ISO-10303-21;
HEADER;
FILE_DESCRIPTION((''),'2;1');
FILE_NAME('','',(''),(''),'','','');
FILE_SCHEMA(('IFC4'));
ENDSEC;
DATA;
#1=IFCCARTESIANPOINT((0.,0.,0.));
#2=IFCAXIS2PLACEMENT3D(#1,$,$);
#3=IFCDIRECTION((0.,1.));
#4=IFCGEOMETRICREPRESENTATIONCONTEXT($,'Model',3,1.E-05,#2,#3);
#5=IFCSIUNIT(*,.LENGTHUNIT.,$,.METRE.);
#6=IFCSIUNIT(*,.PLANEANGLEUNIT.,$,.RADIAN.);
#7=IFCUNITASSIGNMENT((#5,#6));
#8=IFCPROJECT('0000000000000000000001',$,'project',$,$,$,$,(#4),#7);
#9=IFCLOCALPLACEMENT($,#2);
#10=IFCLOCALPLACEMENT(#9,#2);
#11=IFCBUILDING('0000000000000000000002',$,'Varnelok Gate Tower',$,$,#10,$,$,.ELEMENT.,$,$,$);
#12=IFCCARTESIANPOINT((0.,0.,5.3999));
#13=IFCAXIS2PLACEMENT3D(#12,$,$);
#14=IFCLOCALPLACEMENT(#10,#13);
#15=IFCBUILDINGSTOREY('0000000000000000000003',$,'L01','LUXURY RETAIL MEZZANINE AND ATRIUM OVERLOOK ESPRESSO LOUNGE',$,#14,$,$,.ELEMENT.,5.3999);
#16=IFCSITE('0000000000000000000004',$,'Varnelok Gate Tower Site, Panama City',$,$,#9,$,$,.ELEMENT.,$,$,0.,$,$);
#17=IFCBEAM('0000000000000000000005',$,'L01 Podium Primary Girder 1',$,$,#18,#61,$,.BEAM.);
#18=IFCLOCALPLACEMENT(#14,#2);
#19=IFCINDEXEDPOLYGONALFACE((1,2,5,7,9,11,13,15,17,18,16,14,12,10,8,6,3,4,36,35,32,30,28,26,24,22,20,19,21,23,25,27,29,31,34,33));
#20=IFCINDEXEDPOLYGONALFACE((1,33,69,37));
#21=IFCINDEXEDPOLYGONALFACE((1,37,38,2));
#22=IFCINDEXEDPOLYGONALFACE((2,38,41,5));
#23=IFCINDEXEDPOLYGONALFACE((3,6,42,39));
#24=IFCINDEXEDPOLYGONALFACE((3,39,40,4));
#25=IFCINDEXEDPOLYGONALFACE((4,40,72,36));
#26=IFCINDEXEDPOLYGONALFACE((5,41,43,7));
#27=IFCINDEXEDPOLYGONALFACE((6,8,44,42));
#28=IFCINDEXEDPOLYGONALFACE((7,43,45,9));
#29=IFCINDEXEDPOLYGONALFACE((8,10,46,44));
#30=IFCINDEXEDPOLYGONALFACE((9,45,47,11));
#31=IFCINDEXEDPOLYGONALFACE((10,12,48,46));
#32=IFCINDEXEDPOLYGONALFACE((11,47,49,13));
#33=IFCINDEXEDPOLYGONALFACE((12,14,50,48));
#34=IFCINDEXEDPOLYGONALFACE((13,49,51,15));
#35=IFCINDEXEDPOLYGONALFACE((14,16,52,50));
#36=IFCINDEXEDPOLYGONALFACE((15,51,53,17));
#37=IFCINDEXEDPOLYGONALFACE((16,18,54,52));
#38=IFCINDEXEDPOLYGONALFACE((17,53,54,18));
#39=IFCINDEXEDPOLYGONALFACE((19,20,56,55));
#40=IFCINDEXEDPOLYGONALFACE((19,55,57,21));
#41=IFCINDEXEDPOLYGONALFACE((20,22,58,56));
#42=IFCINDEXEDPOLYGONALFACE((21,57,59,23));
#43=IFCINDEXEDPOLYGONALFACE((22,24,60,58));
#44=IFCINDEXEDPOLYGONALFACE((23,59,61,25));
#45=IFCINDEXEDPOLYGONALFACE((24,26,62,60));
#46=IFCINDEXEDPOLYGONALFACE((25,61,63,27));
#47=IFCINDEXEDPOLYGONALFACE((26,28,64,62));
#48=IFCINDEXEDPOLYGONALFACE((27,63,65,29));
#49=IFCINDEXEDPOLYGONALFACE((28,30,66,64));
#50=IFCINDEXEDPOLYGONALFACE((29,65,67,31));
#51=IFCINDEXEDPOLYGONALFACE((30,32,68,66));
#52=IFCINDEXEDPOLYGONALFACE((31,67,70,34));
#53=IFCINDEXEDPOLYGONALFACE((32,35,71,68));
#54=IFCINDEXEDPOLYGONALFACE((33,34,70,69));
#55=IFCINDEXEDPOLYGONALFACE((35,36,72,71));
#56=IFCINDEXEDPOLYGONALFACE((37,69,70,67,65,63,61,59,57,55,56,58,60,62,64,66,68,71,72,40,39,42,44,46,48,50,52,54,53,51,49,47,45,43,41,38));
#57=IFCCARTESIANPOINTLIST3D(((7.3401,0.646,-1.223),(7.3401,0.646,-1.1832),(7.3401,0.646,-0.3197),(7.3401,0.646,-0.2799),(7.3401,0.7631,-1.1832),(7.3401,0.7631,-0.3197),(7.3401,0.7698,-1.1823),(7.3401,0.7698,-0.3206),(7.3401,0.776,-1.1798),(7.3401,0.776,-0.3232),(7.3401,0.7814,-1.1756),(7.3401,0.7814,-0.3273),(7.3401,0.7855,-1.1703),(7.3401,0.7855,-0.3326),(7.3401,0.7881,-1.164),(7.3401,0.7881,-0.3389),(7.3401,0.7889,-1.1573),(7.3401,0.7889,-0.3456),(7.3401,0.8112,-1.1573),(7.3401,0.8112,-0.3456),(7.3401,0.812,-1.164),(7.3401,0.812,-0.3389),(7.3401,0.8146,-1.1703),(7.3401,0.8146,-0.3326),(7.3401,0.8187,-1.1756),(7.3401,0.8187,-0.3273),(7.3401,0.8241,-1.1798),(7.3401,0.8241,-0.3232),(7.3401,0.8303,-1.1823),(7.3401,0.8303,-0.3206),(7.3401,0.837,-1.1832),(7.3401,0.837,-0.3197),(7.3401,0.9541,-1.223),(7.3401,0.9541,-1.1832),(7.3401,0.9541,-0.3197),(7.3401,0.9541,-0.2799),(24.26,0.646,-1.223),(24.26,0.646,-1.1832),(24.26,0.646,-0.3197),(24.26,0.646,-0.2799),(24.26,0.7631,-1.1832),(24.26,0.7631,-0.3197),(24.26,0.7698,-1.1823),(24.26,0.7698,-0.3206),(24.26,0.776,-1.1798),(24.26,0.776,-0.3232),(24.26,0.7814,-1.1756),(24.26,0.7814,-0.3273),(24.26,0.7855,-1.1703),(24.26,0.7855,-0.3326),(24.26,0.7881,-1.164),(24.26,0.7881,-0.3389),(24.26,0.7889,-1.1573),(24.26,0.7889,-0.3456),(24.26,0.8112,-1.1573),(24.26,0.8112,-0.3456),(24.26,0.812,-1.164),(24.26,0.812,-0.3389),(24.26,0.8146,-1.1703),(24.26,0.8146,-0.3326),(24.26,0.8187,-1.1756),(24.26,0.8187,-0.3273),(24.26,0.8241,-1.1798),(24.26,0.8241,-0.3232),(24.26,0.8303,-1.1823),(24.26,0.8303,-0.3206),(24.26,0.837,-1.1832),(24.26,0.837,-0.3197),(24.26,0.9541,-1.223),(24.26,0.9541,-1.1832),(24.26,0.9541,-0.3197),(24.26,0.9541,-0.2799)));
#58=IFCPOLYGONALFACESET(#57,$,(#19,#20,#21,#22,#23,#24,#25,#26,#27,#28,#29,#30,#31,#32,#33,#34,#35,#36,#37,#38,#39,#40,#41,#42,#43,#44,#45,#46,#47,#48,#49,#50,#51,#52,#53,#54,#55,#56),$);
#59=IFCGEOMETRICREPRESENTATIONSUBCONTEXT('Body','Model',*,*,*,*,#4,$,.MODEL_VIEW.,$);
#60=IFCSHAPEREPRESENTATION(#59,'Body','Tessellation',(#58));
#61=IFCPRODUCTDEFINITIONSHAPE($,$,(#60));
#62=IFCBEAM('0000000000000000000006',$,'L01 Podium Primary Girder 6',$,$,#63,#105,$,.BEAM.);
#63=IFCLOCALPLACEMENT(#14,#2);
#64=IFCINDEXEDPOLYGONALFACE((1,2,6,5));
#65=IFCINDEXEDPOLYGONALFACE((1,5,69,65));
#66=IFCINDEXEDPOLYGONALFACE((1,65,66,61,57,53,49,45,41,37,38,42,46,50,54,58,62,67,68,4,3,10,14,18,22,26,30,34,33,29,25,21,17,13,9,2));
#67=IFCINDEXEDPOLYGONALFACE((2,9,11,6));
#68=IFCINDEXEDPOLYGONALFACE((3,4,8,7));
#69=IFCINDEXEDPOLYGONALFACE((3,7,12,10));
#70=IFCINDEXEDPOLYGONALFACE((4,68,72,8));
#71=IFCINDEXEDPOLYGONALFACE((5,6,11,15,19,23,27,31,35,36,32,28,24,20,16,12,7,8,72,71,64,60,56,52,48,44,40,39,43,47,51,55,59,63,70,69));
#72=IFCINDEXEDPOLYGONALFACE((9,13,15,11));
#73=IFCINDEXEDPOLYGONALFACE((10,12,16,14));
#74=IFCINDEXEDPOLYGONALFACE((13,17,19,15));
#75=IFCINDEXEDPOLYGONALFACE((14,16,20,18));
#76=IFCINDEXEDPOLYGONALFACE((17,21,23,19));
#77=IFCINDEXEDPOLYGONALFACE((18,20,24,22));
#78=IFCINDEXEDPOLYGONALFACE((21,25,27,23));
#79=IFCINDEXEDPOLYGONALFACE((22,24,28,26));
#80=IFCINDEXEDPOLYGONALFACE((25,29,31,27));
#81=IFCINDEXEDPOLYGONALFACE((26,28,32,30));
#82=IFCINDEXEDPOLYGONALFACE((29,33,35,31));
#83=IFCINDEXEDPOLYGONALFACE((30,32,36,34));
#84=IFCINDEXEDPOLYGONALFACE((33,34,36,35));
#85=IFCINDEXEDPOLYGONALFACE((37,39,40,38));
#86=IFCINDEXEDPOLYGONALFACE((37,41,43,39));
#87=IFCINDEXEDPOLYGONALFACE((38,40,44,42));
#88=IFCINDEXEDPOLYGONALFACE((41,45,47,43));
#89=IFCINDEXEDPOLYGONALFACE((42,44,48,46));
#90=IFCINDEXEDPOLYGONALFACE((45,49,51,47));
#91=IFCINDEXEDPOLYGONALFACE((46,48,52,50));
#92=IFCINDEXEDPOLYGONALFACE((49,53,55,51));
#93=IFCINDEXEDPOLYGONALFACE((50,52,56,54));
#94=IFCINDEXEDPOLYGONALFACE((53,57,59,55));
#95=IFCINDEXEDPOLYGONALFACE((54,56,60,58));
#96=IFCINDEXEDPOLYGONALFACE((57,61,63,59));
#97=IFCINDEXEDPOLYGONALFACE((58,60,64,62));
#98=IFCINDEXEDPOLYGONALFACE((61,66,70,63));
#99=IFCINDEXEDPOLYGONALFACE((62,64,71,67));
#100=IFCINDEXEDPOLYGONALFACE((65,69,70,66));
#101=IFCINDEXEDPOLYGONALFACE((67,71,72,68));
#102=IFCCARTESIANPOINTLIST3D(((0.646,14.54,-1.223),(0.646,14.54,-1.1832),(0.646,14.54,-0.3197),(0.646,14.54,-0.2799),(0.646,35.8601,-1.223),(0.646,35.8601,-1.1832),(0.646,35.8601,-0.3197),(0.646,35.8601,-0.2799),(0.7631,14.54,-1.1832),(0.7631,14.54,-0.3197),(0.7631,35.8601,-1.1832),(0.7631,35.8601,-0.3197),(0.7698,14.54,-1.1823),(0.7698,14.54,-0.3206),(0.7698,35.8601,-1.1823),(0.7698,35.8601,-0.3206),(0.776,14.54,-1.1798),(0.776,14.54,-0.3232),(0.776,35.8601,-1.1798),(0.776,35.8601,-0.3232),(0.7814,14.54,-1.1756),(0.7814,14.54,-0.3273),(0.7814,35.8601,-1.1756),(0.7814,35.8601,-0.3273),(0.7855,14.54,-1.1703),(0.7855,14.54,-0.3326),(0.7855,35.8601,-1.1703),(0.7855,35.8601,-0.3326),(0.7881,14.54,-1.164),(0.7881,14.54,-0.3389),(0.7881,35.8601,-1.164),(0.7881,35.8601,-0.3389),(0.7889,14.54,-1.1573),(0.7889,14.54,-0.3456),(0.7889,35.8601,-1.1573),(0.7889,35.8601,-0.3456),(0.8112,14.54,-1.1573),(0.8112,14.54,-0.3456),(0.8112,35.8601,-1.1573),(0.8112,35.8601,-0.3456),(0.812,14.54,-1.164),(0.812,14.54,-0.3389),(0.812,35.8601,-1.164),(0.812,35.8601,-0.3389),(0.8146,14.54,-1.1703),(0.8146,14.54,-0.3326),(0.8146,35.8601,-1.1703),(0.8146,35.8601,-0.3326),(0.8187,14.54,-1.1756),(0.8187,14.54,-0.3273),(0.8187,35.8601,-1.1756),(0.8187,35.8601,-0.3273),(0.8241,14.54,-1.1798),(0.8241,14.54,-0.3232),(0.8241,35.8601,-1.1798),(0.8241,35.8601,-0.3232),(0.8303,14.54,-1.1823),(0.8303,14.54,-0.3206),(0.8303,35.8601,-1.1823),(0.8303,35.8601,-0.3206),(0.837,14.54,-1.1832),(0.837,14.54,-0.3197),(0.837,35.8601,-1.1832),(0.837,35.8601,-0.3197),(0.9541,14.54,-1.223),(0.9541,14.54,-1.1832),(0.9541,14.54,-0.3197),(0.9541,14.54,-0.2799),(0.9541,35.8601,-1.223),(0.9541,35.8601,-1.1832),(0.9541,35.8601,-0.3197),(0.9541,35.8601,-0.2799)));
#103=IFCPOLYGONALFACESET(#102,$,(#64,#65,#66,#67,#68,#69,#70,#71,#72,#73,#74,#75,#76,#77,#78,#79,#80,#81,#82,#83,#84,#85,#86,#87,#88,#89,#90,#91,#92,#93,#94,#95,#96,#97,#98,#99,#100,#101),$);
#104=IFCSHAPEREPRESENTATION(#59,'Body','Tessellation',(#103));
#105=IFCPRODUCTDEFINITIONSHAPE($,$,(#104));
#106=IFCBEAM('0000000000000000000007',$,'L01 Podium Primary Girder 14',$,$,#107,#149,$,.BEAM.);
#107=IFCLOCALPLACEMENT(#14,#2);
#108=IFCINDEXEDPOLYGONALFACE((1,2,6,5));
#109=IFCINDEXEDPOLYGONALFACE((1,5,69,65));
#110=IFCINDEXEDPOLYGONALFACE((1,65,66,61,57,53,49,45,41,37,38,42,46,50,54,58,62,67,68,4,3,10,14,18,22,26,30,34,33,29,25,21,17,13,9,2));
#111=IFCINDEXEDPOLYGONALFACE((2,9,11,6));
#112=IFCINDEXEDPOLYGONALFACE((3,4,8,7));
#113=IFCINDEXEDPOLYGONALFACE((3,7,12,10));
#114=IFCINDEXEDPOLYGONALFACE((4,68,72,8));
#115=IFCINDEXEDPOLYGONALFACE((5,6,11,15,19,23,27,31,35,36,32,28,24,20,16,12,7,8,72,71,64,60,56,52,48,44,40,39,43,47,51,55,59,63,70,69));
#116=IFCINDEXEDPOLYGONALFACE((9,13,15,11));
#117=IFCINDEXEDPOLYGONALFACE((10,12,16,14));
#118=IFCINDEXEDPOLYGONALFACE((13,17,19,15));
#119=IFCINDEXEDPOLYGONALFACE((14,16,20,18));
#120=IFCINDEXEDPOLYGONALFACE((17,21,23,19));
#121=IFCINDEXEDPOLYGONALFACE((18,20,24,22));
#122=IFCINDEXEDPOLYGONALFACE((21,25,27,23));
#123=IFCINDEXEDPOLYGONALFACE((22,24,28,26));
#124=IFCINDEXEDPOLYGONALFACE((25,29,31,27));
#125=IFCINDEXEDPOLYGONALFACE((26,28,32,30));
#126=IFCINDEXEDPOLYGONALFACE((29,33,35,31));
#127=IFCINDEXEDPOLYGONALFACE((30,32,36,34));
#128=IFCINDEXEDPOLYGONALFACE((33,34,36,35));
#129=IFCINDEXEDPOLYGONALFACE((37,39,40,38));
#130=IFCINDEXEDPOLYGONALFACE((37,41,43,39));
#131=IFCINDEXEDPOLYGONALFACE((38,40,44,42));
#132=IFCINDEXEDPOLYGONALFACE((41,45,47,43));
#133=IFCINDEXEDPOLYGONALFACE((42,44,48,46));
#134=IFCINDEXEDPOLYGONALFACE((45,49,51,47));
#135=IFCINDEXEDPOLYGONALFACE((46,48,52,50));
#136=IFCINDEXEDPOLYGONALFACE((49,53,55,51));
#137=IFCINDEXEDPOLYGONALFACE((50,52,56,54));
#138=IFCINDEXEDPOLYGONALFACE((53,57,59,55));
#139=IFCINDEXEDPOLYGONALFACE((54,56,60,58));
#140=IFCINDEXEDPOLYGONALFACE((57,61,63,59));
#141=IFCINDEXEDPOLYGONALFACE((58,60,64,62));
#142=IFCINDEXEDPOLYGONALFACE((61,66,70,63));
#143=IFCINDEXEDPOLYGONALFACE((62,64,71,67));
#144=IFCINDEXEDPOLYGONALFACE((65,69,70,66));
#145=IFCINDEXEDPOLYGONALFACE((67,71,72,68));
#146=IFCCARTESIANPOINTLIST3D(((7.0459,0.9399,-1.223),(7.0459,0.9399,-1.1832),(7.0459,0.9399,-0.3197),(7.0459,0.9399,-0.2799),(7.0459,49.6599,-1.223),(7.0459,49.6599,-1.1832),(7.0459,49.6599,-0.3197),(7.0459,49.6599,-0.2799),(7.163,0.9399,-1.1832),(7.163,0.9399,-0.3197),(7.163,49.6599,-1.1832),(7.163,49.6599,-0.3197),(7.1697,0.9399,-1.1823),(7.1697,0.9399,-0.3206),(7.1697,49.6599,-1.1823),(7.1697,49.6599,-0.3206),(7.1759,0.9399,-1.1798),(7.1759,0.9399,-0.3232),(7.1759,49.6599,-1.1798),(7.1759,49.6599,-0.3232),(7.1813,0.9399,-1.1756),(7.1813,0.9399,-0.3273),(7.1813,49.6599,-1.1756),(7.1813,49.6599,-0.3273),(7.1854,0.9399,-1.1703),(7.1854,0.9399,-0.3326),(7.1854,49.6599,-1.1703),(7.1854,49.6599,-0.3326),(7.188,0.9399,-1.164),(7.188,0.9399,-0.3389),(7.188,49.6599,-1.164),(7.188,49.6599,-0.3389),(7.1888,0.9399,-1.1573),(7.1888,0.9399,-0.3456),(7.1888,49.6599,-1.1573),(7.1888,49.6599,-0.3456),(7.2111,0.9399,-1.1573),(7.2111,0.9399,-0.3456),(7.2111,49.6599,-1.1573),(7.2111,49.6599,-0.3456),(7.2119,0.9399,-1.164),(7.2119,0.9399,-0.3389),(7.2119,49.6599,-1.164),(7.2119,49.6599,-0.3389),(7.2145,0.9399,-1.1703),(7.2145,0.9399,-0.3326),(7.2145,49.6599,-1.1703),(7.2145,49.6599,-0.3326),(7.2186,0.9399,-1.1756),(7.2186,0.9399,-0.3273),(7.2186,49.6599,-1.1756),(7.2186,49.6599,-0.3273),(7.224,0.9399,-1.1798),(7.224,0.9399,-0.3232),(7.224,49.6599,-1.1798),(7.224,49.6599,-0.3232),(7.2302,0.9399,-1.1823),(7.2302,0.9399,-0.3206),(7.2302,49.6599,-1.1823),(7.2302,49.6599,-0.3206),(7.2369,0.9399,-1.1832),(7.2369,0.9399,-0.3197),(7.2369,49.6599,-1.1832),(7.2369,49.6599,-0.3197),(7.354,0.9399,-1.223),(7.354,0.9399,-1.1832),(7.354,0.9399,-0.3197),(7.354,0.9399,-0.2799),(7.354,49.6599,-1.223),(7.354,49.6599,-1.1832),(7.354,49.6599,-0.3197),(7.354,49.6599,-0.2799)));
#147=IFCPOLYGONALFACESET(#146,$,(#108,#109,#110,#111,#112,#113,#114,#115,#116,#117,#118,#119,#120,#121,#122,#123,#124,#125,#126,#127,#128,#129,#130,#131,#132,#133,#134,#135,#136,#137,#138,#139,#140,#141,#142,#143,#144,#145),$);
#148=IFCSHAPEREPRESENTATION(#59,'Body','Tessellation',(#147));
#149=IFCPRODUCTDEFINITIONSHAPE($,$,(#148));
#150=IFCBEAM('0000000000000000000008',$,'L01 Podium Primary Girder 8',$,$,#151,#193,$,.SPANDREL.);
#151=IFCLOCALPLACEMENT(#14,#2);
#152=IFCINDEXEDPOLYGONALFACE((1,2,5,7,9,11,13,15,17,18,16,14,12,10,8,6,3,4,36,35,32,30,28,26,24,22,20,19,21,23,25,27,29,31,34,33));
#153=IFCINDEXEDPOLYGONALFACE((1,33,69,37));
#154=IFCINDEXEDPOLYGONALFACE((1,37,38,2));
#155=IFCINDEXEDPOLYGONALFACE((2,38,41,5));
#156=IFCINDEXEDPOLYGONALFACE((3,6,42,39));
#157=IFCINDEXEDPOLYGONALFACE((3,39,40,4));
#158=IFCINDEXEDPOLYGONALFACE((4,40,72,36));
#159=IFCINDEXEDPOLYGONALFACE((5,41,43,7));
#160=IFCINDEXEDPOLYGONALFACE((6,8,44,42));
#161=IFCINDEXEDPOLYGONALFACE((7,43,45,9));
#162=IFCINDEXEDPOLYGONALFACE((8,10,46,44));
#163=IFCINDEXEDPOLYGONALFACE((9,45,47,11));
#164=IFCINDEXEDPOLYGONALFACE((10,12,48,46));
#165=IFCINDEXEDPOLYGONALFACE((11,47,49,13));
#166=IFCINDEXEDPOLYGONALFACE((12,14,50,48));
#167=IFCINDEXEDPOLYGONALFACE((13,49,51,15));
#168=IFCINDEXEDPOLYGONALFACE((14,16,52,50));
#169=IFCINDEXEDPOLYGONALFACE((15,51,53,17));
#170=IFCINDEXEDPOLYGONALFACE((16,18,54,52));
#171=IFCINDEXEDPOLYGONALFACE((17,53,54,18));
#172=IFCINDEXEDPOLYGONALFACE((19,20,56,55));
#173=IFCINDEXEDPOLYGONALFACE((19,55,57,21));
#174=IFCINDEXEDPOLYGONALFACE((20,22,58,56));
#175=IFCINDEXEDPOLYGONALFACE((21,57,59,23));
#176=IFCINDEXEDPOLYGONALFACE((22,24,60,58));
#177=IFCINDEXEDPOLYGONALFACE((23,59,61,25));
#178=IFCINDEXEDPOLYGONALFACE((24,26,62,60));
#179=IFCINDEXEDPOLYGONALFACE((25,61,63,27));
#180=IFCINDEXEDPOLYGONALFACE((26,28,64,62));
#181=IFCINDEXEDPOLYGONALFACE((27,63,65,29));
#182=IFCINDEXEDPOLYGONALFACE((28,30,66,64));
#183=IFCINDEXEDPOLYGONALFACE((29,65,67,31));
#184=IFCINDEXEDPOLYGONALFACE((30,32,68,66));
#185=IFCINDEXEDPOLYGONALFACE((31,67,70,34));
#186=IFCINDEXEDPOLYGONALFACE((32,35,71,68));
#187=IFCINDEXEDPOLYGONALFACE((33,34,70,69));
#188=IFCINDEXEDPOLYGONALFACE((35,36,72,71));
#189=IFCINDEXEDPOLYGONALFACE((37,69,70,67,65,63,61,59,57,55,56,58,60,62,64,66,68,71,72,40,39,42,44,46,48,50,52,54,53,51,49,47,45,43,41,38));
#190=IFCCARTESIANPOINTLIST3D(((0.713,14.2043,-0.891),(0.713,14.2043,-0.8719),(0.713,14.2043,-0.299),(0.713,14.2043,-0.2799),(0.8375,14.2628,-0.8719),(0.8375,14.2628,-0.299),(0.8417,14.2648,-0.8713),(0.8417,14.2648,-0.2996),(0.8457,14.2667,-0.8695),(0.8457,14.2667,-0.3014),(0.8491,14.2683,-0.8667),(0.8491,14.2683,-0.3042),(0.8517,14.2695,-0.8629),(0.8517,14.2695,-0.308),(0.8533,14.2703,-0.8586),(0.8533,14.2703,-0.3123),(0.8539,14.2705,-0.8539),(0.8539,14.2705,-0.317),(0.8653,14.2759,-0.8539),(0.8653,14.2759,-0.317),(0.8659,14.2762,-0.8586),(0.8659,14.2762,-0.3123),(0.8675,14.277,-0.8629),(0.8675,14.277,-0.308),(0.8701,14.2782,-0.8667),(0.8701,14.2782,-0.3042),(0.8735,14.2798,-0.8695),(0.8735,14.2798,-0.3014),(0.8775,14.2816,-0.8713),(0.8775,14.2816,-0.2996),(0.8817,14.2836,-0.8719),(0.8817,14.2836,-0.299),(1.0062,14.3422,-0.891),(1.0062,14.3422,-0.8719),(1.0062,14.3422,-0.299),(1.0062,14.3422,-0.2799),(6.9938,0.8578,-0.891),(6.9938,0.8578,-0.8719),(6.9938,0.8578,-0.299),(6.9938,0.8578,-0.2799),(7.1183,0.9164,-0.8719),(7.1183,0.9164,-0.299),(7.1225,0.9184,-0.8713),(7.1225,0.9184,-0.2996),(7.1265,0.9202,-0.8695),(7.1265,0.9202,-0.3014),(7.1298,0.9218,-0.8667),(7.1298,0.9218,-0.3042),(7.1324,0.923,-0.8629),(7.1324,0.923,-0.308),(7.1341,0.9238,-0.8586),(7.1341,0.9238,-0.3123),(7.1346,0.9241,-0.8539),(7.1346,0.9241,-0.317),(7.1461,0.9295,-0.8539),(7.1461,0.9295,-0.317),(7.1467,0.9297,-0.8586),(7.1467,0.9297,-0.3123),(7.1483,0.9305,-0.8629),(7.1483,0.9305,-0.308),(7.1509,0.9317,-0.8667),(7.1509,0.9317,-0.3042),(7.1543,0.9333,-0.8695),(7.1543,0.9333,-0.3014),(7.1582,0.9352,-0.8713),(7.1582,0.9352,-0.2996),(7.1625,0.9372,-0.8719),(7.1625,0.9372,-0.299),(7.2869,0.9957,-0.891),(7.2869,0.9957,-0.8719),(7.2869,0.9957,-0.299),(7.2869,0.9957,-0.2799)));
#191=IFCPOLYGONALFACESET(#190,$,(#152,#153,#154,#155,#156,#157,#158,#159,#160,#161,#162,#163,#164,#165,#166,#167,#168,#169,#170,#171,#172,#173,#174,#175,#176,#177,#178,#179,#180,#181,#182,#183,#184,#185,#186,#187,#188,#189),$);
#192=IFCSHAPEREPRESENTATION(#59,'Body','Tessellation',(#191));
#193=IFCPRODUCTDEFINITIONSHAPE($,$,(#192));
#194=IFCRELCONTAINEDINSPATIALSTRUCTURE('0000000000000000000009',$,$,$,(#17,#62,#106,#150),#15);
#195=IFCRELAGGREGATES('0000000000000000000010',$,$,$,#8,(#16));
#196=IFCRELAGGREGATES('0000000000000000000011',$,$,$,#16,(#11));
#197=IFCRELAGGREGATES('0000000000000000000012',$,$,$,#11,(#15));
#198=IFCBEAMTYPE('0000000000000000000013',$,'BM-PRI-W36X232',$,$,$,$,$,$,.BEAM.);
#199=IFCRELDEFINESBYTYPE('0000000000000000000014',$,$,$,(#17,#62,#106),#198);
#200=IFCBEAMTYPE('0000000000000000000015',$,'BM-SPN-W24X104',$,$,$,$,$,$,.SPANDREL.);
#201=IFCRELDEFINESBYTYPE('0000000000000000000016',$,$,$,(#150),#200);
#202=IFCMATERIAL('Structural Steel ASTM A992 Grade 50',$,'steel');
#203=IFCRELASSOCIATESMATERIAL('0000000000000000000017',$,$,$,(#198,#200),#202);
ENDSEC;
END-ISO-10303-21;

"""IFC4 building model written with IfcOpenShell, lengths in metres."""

from ifc_helpers import new_model, si_unit, direction, frame, origin, origin_2d, place, context, subcontext, project, spatial, i_section, extrude, material, material_profile, profile_set, type_object, element, save


model = new_model("IFC4")

# Units and contexts
model_context = context("Model", 3, precision=1e-05, world=origin(), true_north=direction((0.0, 1.0)))
body_context = subcontext(model_context, "Body", "Model", "MODEL_VIEW")
ifc_project = project(units=[si_unit("LENGTHUNIT", "METRE"), si_unit("PLANEANGLEUNIT", "RADIAN")], contexts=[model_context])

# Site, building, storey
site_placement = place(None, origin())
site = spatial("IfcSite", under=ifc_project, at=site_placement, Name="Varnelok Gate Tower Site, Panama City", CompositionType="ELEMENT", RefElevation=0.0)
building_placement = place(site_placement, origin())
building = spatial("IfcBuilding", under=site, at=building_placement, Name="Varnelok Gate Tower", CompositionType="ELEMENT")
storey_placement = place(building_placement, frame((0.0, 0.0, 5.3999)))
storey = spatial("IfcBuildingStorey", under=building, at=storey_placement, Name="L01", Description="LUXURY RETAIL MEZZANINE AND ATRIUM OVERLOOK ESPRESSO LOUNGE", CompositionType="ELEMENT", Elevation=5.3999)

# Beams
ifc_material_1 = material(Name="Structural Steel ASTM A992 Grade 50", Category="steel")
ifc_material_profile_1 = material_profile(ifc_material_1, i_section(OverallWidth=0.3081, OverallDepth=0.9431, WebThickness=0.0222, FlangeThickness=0.0398, FilletRadius=0.0259, at=origin_2d()), Name="W36X232")
ifc_profile_set_1 = profile_set([ifc_material_profile_1], Name="Structural Steel ASTM A992 Grade 50")
beam_type_1 = type_object("IfcBeamType", Name="BM-PRI-W36X232", PredefinedType="BEAM", material=ifc_profile_set_1)
beam_1_placement = place(storey_placement, frame((7.3401, 0.8, -0.7515), z_axis=(1.0, 0.0, 0.0), x_axis=(0.0, 1.0, 0.0)))
element("IfcBeam", 1, at=beam_1_placement, inside=storey, type_object=beam_type_1, Name="L01 Podium Primary Girder 1", PredefinedType="BEAM", context=body_context, shape_type="SweptSolid", body=[
    extrude(i_section(OverallWidth=0.3081, OverallDepth=0.9431, WebThickness=0.0222, FlangeThickness=0.0398, FilletRadius=0.0259, at=origin_2d()), origin(), (0.0, 0.0, 1.0), 16.9199),
])
beam_2_placement = place(storey_placement, frame((0.8, 14.54, -0.7515), z_axis=(0.0, 1.0, 0.0), x_axis=(-1.0, 0.0, 0.0)))
element("IfcBeam", 2, at=beam_2_placement, inside=storey, type_object=beam_type_1, Name="L01 Podium Primary Girder 6", PredefinedType="BEAM", context=body_context, shape_type="SweptSolid", body=[
    extrude(i_section(OverallWidth=0.3081, OverallDepth=0.9431, WebThickness=0.0222, FlangeThickness=0.0398, FilletRadius=0.0259, at=origin_2d()), origin(), (0.0, 0.0, 1.0), 21.3201),
])
beam_3_placement = place(storey_placement, frame((7.2, 0.9399, -0.7515), z_axis=(0.0, 1.0, 0.0), x_axis=(-1.0, 0.0, 0.0)))
element("IfcBeam", 3, at=beam_3_placement, inside=storey, type_object=beam_type_1, Name="L01 Podium Primary Girder 14", PredefinedType="BEAM", context=body_context, shape_type="SweptSolid", body=[
    extrude(i_section(OverallWidth=0.3081, OverallDepth=0.9431, WebThickness=0.0222, FlangeThickness=0.0398, FilletRadius=0.0259, at=origin_2d()), origin(), (0.0, 0.0, 1.0), 48.72),
])
ifc_material_profile_2 = material_profile(ifc_material_1, i_section(OverallWidth=0.324, OverallDepth=0.6111, WebThickness=0.0127, FlangeThickness=0.019, FilletRadius=0.0181, at=origin_2d()), Name="W24X104")
ifc_profile_set_2 = profile_set([ifc_material_profile_2], Name="Structural Steel ASTM A992 Grade 50")
beam_type_2 = type_object("IfcBeamType", Name="BM-SPN-W24X104", PredefinedType="SPANDREL", material=ifc_profile_set_2)
beam_4_placement = place(storey_placement, frame((7.1404, 0.9268, -0.5854), z_axis=(-0.425802, 0.904816, 0.0), x_axis=(-0.904816, -0.425802, 0.0)))
element("IfcBeam", 4, at=beam_4_placement, inside=storey, type_object=beam_type_2, Name="L01 Podium Primary Girder 8", PredefinedType="SPANDREL", context=body_context, shape_type="SweptSolid", body=[
    extrude(i_section(OverallWidth=0.324, OverallDepth=0.6111, WebThickness=0.0127, FlangeThickness=0.019, FilletRadius=0.0181, at=origin_2d()), origin(), (0.0, 0.0, 1.0), 14.7505),
])

save(model, "model.ifc")
